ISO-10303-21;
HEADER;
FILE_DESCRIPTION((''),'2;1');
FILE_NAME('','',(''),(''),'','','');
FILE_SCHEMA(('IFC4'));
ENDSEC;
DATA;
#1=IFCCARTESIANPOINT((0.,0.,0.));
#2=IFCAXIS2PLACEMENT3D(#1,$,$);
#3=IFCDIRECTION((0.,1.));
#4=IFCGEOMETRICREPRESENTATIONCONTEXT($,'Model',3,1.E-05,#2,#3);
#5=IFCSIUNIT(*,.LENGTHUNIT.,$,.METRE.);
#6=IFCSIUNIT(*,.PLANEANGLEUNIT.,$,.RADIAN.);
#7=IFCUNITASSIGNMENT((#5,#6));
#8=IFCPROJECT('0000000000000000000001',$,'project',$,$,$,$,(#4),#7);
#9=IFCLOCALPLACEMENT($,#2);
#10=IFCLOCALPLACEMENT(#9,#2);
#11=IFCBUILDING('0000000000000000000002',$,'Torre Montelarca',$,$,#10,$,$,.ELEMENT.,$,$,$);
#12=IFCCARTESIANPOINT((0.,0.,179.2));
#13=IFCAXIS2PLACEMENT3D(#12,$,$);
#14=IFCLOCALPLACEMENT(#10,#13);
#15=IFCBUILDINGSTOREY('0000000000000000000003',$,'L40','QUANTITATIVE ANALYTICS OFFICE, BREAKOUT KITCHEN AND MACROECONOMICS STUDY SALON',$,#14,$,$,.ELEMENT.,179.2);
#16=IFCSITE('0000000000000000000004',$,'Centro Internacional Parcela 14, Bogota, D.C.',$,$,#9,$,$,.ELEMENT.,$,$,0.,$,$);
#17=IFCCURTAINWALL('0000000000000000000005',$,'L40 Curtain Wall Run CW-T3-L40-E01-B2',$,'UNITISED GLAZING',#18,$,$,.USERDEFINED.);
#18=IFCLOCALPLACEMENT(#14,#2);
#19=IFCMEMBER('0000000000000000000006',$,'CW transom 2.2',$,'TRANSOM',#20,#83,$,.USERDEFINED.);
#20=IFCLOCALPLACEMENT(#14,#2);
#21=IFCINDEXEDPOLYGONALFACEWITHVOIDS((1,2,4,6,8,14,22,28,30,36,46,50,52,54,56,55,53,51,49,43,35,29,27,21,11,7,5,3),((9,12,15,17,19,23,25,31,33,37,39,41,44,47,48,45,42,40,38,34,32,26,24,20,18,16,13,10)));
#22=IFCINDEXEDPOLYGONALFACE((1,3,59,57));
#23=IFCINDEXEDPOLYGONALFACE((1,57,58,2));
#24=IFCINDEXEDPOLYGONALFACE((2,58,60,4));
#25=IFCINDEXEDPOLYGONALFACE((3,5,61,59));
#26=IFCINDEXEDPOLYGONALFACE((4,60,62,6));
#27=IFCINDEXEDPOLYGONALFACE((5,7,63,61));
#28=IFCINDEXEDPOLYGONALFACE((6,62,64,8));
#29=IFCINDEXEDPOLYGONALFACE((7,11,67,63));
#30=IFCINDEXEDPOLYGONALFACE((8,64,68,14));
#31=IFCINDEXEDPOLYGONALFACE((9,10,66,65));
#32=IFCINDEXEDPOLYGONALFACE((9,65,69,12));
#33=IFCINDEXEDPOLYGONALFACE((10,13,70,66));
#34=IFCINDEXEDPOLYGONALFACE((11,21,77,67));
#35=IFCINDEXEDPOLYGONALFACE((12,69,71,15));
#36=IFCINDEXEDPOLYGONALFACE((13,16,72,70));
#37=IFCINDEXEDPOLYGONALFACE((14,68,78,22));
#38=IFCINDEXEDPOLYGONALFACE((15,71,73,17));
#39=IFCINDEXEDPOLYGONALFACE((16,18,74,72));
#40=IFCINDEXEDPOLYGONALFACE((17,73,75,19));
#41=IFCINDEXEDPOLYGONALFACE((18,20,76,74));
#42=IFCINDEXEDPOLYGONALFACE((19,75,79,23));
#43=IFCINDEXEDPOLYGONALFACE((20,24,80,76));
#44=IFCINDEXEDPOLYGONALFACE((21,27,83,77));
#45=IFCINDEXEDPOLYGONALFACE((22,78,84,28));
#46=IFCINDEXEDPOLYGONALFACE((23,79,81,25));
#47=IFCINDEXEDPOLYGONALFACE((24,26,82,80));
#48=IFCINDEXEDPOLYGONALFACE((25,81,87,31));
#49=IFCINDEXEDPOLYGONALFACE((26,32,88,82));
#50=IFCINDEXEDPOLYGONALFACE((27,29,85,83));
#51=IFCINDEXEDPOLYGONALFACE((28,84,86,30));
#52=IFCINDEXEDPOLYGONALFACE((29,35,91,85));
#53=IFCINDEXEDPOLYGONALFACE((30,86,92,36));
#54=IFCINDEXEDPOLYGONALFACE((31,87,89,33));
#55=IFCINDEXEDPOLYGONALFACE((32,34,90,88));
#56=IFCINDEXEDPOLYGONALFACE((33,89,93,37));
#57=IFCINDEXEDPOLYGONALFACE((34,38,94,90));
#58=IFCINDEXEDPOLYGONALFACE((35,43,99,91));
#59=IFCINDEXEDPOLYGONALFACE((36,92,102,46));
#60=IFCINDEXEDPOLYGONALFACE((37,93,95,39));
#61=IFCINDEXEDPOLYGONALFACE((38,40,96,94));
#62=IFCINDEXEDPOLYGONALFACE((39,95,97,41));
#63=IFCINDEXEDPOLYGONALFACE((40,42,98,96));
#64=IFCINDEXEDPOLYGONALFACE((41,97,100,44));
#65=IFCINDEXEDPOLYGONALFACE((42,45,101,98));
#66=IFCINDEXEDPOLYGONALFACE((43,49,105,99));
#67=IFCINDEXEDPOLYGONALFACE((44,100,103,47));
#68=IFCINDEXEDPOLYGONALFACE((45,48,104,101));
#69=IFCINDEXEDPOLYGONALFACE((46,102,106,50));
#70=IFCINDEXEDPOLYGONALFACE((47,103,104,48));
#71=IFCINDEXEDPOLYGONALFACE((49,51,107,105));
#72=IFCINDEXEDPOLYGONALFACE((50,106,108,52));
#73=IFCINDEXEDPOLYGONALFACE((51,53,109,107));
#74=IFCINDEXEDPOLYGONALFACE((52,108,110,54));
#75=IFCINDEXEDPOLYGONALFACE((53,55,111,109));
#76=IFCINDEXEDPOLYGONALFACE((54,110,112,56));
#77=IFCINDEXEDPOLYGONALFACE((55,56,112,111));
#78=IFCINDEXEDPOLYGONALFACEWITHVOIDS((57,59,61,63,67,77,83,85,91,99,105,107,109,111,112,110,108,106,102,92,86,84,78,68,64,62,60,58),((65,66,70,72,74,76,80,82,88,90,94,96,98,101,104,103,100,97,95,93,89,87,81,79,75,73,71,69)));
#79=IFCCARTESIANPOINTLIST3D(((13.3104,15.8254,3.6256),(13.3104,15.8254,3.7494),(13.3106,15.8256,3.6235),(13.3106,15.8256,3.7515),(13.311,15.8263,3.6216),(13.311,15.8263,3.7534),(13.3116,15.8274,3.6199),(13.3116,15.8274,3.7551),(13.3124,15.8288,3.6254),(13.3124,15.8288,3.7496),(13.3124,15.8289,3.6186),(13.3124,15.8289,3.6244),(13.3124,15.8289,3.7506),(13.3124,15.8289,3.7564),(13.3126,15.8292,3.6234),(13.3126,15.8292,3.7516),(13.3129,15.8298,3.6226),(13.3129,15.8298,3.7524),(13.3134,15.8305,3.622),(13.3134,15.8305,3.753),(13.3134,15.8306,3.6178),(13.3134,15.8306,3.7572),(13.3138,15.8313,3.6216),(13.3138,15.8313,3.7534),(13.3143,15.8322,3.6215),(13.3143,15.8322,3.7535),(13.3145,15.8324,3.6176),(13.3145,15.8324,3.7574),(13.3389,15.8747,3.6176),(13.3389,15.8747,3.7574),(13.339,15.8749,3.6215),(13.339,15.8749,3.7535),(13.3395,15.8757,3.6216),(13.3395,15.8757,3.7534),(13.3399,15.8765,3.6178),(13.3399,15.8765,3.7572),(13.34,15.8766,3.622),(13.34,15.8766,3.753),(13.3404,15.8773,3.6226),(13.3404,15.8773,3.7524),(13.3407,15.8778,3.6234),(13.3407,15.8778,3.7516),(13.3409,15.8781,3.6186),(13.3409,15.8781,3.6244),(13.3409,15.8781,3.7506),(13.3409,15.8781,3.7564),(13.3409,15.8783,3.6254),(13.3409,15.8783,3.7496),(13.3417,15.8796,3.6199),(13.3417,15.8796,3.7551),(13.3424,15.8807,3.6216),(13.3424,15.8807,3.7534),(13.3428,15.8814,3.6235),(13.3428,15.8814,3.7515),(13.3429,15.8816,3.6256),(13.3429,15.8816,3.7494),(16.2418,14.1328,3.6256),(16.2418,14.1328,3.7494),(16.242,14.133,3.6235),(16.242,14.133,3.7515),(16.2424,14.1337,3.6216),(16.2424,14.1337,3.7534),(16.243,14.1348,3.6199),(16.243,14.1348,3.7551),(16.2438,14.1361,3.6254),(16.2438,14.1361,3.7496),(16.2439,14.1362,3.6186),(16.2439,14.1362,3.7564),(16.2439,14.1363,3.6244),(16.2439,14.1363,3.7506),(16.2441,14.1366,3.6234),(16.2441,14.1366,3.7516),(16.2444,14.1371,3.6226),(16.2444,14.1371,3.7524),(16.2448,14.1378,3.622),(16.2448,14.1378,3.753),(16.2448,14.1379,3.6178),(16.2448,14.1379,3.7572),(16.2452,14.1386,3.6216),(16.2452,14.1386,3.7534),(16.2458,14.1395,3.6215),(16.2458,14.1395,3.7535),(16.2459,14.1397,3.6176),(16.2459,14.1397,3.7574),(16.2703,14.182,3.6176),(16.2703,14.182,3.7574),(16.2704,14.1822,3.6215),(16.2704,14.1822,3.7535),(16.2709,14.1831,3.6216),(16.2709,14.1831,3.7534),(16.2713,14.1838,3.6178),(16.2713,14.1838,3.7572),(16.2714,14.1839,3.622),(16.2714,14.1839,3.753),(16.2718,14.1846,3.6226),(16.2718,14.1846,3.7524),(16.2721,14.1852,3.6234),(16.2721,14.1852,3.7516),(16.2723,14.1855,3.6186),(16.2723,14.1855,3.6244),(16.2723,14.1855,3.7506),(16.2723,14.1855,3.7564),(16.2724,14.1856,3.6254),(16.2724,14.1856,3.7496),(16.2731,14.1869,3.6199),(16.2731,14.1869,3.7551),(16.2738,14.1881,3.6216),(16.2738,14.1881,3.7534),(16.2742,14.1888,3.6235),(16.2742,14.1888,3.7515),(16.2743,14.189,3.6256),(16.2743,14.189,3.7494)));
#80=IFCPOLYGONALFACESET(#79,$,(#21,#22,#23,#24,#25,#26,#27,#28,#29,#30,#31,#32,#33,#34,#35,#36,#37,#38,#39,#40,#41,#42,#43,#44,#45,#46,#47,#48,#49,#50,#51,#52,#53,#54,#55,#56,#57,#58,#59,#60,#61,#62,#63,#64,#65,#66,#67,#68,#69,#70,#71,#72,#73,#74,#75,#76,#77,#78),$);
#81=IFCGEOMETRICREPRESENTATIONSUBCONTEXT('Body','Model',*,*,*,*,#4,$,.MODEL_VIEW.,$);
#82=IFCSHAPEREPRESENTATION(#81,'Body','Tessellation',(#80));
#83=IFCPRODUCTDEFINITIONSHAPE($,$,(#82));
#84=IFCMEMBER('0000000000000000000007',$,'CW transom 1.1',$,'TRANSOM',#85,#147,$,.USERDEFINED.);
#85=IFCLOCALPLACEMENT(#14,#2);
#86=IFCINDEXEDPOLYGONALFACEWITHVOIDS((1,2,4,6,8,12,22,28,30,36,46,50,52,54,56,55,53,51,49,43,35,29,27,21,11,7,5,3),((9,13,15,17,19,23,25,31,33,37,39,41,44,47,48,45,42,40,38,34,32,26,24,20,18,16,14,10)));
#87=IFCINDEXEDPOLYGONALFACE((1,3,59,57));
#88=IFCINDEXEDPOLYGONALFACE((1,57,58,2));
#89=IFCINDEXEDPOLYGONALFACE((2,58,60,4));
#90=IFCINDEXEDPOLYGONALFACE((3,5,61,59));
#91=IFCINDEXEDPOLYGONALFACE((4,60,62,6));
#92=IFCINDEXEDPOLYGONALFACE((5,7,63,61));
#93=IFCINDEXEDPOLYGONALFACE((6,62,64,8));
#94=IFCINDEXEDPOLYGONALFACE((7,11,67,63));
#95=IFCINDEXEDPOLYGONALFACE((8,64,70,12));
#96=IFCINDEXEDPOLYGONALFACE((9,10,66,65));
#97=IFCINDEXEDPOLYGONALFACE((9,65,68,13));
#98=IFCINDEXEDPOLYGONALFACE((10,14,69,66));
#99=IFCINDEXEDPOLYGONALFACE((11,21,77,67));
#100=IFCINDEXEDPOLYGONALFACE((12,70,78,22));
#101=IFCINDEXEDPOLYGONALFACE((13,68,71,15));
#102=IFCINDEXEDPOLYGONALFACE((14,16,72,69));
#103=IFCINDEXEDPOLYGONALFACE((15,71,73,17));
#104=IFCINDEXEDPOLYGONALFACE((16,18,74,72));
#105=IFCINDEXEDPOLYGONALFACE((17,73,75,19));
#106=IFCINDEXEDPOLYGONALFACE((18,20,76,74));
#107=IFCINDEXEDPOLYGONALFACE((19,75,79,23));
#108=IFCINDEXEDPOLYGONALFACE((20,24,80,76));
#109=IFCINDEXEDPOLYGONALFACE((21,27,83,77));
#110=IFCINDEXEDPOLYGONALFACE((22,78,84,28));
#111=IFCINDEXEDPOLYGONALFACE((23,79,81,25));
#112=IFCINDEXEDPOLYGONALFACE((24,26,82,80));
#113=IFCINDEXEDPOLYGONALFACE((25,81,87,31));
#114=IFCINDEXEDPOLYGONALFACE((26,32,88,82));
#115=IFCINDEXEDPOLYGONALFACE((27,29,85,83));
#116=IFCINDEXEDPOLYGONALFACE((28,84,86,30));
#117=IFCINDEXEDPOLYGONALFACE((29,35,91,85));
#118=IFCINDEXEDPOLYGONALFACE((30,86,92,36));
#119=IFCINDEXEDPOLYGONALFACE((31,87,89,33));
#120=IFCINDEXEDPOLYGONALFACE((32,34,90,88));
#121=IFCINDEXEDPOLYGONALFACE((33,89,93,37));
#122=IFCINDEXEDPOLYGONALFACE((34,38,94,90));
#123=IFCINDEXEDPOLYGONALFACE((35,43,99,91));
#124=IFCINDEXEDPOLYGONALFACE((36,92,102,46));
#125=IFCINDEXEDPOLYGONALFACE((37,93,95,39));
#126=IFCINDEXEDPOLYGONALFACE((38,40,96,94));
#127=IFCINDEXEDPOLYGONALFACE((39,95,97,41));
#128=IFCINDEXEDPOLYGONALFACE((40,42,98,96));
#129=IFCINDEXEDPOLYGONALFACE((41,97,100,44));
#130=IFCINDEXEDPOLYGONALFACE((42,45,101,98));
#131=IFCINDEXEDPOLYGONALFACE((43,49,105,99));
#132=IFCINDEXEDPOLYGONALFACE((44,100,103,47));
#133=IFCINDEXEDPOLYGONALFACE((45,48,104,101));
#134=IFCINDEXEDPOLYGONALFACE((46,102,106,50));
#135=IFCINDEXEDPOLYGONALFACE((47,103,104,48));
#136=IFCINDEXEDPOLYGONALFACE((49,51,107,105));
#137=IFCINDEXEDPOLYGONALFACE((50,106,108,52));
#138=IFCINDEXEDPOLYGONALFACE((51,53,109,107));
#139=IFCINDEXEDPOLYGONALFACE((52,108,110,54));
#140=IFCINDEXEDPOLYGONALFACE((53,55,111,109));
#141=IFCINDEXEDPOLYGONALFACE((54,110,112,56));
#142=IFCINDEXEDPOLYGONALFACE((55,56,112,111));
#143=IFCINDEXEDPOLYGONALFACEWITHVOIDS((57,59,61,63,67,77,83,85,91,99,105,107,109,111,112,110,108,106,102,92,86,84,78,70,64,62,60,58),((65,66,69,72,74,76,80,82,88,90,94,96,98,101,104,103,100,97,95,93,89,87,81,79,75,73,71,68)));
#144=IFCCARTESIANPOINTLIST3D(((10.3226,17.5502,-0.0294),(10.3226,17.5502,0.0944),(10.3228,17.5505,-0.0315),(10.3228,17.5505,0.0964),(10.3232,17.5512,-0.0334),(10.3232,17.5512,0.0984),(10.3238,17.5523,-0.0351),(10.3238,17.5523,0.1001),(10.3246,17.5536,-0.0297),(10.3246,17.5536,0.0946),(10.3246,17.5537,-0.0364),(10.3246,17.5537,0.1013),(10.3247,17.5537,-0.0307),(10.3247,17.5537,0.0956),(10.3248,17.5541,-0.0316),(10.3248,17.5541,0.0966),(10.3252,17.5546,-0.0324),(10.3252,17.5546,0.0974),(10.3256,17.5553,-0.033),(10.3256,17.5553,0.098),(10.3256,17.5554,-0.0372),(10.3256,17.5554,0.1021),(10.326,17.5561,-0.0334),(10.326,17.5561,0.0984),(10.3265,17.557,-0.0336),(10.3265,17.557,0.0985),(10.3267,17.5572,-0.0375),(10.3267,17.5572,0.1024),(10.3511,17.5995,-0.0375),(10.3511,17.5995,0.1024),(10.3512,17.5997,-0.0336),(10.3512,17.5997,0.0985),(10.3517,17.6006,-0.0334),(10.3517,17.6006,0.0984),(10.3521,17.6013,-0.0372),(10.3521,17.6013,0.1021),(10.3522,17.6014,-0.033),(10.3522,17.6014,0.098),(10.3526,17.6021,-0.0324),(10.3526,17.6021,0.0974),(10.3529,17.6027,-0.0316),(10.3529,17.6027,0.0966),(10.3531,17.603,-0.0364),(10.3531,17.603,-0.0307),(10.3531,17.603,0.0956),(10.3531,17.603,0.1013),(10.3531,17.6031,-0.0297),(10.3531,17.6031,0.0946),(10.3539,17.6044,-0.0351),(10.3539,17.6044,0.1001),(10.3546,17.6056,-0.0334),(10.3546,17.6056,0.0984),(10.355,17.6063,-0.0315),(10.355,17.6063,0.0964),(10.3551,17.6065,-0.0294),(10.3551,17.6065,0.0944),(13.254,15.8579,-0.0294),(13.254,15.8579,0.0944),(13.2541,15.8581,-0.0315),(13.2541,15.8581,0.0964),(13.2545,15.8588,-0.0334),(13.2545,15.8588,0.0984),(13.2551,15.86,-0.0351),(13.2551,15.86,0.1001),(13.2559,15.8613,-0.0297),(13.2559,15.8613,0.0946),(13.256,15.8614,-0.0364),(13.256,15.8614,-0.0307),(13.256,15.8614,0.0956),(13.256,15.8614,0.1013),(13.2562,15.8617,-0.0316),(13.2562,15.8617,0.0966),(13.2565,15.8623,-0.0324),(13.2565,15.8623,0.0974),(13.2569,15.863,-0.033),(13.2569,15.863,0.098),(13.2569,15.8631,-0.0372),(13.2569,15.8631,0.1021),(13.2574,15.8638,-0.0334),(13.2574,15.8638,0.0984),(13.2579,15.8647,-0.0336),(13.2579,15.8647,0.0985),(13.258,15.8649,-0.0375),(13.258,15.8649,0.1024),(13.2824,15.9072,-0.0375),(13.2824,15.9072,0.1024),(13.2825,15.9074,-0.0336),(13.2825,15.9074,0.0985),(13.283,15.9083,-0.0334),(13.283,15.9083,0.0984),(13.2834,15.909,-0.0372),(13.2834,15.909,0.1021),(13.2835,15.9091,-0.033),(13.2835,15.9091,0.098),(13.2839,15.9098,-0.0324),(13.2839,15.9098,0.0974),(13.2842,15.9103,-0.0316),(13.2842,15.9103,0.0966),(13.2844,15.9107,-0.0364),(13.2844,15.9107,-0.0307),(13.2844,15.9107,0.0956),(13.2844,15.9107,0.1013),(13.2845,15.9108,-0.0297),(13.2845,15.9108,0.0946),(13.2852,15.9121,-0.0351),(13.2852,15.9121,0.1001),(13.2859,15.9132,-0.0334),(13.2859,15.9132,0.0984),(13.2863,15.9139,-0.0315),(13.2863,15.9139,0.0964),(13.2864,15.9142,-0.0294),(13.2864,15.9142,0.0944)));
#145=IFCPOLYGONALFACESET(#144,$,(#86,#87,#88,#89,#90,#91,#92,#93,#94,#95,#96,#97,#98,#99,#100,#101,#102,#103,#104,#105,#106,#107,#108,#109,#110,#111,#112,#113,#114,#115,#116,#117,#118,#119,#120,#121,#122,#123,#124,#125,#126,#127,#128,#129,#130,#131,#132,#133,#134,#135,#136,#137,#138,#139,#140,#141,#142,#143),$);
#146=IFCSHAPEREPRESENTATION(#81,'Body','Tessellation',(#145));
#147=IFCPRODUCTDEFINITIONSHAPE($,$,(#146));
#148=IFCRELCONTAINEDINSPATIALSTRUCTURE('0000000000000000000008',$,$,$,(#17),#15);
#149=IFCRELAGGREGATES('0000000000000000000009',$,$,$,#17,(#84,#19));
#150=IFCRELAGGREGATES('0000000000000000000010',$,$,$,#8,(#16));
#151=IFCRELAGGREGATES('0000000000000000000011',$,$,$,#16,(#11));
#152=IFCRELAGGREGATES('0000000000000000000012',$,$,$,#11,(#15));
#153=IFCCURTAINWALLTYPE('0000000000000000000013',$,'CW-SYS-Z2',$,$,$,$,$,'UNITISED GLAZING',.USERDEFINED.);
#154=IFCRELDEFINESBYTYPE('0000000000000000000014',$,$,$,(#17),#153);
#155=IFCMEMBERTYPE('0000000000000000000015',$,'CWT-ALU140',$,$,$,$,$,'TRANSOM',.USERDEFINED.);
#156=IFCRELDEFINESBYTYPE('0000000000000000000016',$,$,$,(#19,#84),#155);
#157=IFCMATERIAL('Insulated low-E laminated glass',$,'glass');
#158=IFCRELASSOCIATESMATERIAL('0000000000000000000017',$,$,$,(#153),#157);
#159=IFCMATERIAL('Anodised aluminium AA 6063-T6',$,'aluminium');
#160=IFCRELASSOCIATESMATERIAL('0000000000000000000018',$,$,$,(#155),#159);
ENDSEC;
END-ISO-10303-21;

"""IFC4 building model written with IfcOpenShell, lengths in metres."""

from ifc_helpers import new_model, si_unit, direction, frame, origin, origin_2d, place, context, subcontext, project, spatial, hollow_rectangle, extrude, source, transform, mapped, material, material_profile, profile_set, type_object, element, aggregate, save


model = new_model("IFC4")

# Units and contexts
model_context = context("Model", 3, precision=1e-05, world=origin(), true_north=direction((0.0, 1.0)))
body_context = subcontext(model_context, "Body", "Model", "MODEL_VIEW")
ifc_project = project(units=[si_unit("LENGTHUNIT", "METRE"), si_unit("PLANEANGLEUNIT", "RADIAN")], contexts=[model_context])

# Site, building, storey
site_placement = place(None, origin())
site = spatial("IfcSite", under=ifc_project, at=site_placement, Name="Centro Internacional Parcela 14, Bogota, D.C.", CompositionType="ELEMENT", RefElevation=0.0)
building_placement = place(site_placement, origin())
building = spatial("IfcBuilding", under=site, at=building_placement, Name="Torre Montelarca", CompositionType="ELEMENT")
storey_placement = place(building_placement, frame((0.0, 0.0, 179.2)))
storey = spatial("IfcBuildingStorey", under=building, at=storey_placement, Name="L40", Description="QUANTITATIVE ANALYTICS OFFICE, BREAKOUT KITCHEN AND MACROECONOMICS STUDY SALON", CompositionType="ELEMENT", Elevation=179.2)

# Shared definitions
ifc_material_1 = material(Name="Insulated low-E laminated glass", Category="glass")
curtain_wall_type = type_object("IfcCurtainWallType", Name="CW-SYS-Z2", ElementType="UNITISED GLAZING", PredefinedType="USERDEFINED", material=ifc_material_1)
ifc_material_2 = material(Name="Anodised aluminium AA 6063-T6", Category="aluminium")
ifc_material_profile_1 = material_profile(ifc_material_2, hollow_rectangle(XDim=0.0649, YDim=0.1399, WallThickness=0.0039, InnerFilletRadius=0.0039, OuterFilletRadius=0.0081, at=origin_2d()), Name="ALU65X140X4", Category="aluminium")
ifc_profile_set_1 = profile_set([ifc_material_profile_1], Name="Anodised aluminium AA 6063-T6")
member_type_1 = type_object("IfcMemberType", Name="CWT-ALU140", ElementType="TRANSOM", PredefinedType="USERDEFINED", material=ifc_profile_set_1)

# Curtain wall
curtain_wall_1_placement = place(storey_placement, origin())
curtain_wall_1 = element("IfcCurtainWall", 1, at=curtain_wall_1_placement, inside=storey, type_object=curtain_wall_type, Name="L40 Curtain Wall Run CW-T3-L40-E01-B2", ObjectType="UNITISED GLAZING", PredefinedType="USERDEFINED")

# Members
shared_shape_1 = source(origin(), body_context, "Body", "SweptSolid", [
    extrude(hollow_rectangle(XDim=0.0649, YDim=0.1399, WallThickness=0.0039, InnerFilletRadius=0.0039, OuterFilletRadius=0.0081, at=origin_2d()), origin(), (0.0, 0.0, 1.0), 3.385),
])
member_1_placement = place(storey_placement, frame((13.3267, 15.8535, 3.6875), z_axis=(0.866002, -0.500041, 0.0), x_axis=(0.500041, 0.866002, 0.0)))
member_1 = element("IfcMember", 2, at=member_1_placement, type_object=member_type_1, Name="CW transom 2.2", ObjectType="TRANSOM", PredefinedType="USERDEFINED", context=body_context, shape_type="MappedRepresentation", body=[
    mapped(shared_shape_1, transform((0.0, 0.0, 0.0), scale=1.0)),
])
shared_shape_2 = source(origin(), body_context, "Body", "SweptSolid", [
    extrude(hollow_rectangle(XDim=0.0649, YDim=0.1399, WallThickness=0.0039, InnerFilletRadius=0.0039, OuterFilletRadius=0.0081, at=origin_2d()), origin(), (0.0, 0.0, 1.0), 3.3848),
])
member_2_placement = place(storey_placement, frame((10.3389, 17.5784, 0.0325), z_axis=(0.866033, -0.499987, 0.0), x_axis=(0.499987, 0.866033, 0.0)))
member_2 = element("IfcMember", 3, at=member_2_placement, type_object=member_type_1, Name="CW transom 1.1", ObjectType="TRANSOM", PredefinedType="USERDEFINED", context=body_context, shape_type="MappedRepresentation", body=[
    mapped(shared_shape_2, transform((0.0, 0.0, 0.0), scale=1.0)),
])

aggregate(curtain_wall_1, [member_2, member_1])

save(model, "model.ifc")
